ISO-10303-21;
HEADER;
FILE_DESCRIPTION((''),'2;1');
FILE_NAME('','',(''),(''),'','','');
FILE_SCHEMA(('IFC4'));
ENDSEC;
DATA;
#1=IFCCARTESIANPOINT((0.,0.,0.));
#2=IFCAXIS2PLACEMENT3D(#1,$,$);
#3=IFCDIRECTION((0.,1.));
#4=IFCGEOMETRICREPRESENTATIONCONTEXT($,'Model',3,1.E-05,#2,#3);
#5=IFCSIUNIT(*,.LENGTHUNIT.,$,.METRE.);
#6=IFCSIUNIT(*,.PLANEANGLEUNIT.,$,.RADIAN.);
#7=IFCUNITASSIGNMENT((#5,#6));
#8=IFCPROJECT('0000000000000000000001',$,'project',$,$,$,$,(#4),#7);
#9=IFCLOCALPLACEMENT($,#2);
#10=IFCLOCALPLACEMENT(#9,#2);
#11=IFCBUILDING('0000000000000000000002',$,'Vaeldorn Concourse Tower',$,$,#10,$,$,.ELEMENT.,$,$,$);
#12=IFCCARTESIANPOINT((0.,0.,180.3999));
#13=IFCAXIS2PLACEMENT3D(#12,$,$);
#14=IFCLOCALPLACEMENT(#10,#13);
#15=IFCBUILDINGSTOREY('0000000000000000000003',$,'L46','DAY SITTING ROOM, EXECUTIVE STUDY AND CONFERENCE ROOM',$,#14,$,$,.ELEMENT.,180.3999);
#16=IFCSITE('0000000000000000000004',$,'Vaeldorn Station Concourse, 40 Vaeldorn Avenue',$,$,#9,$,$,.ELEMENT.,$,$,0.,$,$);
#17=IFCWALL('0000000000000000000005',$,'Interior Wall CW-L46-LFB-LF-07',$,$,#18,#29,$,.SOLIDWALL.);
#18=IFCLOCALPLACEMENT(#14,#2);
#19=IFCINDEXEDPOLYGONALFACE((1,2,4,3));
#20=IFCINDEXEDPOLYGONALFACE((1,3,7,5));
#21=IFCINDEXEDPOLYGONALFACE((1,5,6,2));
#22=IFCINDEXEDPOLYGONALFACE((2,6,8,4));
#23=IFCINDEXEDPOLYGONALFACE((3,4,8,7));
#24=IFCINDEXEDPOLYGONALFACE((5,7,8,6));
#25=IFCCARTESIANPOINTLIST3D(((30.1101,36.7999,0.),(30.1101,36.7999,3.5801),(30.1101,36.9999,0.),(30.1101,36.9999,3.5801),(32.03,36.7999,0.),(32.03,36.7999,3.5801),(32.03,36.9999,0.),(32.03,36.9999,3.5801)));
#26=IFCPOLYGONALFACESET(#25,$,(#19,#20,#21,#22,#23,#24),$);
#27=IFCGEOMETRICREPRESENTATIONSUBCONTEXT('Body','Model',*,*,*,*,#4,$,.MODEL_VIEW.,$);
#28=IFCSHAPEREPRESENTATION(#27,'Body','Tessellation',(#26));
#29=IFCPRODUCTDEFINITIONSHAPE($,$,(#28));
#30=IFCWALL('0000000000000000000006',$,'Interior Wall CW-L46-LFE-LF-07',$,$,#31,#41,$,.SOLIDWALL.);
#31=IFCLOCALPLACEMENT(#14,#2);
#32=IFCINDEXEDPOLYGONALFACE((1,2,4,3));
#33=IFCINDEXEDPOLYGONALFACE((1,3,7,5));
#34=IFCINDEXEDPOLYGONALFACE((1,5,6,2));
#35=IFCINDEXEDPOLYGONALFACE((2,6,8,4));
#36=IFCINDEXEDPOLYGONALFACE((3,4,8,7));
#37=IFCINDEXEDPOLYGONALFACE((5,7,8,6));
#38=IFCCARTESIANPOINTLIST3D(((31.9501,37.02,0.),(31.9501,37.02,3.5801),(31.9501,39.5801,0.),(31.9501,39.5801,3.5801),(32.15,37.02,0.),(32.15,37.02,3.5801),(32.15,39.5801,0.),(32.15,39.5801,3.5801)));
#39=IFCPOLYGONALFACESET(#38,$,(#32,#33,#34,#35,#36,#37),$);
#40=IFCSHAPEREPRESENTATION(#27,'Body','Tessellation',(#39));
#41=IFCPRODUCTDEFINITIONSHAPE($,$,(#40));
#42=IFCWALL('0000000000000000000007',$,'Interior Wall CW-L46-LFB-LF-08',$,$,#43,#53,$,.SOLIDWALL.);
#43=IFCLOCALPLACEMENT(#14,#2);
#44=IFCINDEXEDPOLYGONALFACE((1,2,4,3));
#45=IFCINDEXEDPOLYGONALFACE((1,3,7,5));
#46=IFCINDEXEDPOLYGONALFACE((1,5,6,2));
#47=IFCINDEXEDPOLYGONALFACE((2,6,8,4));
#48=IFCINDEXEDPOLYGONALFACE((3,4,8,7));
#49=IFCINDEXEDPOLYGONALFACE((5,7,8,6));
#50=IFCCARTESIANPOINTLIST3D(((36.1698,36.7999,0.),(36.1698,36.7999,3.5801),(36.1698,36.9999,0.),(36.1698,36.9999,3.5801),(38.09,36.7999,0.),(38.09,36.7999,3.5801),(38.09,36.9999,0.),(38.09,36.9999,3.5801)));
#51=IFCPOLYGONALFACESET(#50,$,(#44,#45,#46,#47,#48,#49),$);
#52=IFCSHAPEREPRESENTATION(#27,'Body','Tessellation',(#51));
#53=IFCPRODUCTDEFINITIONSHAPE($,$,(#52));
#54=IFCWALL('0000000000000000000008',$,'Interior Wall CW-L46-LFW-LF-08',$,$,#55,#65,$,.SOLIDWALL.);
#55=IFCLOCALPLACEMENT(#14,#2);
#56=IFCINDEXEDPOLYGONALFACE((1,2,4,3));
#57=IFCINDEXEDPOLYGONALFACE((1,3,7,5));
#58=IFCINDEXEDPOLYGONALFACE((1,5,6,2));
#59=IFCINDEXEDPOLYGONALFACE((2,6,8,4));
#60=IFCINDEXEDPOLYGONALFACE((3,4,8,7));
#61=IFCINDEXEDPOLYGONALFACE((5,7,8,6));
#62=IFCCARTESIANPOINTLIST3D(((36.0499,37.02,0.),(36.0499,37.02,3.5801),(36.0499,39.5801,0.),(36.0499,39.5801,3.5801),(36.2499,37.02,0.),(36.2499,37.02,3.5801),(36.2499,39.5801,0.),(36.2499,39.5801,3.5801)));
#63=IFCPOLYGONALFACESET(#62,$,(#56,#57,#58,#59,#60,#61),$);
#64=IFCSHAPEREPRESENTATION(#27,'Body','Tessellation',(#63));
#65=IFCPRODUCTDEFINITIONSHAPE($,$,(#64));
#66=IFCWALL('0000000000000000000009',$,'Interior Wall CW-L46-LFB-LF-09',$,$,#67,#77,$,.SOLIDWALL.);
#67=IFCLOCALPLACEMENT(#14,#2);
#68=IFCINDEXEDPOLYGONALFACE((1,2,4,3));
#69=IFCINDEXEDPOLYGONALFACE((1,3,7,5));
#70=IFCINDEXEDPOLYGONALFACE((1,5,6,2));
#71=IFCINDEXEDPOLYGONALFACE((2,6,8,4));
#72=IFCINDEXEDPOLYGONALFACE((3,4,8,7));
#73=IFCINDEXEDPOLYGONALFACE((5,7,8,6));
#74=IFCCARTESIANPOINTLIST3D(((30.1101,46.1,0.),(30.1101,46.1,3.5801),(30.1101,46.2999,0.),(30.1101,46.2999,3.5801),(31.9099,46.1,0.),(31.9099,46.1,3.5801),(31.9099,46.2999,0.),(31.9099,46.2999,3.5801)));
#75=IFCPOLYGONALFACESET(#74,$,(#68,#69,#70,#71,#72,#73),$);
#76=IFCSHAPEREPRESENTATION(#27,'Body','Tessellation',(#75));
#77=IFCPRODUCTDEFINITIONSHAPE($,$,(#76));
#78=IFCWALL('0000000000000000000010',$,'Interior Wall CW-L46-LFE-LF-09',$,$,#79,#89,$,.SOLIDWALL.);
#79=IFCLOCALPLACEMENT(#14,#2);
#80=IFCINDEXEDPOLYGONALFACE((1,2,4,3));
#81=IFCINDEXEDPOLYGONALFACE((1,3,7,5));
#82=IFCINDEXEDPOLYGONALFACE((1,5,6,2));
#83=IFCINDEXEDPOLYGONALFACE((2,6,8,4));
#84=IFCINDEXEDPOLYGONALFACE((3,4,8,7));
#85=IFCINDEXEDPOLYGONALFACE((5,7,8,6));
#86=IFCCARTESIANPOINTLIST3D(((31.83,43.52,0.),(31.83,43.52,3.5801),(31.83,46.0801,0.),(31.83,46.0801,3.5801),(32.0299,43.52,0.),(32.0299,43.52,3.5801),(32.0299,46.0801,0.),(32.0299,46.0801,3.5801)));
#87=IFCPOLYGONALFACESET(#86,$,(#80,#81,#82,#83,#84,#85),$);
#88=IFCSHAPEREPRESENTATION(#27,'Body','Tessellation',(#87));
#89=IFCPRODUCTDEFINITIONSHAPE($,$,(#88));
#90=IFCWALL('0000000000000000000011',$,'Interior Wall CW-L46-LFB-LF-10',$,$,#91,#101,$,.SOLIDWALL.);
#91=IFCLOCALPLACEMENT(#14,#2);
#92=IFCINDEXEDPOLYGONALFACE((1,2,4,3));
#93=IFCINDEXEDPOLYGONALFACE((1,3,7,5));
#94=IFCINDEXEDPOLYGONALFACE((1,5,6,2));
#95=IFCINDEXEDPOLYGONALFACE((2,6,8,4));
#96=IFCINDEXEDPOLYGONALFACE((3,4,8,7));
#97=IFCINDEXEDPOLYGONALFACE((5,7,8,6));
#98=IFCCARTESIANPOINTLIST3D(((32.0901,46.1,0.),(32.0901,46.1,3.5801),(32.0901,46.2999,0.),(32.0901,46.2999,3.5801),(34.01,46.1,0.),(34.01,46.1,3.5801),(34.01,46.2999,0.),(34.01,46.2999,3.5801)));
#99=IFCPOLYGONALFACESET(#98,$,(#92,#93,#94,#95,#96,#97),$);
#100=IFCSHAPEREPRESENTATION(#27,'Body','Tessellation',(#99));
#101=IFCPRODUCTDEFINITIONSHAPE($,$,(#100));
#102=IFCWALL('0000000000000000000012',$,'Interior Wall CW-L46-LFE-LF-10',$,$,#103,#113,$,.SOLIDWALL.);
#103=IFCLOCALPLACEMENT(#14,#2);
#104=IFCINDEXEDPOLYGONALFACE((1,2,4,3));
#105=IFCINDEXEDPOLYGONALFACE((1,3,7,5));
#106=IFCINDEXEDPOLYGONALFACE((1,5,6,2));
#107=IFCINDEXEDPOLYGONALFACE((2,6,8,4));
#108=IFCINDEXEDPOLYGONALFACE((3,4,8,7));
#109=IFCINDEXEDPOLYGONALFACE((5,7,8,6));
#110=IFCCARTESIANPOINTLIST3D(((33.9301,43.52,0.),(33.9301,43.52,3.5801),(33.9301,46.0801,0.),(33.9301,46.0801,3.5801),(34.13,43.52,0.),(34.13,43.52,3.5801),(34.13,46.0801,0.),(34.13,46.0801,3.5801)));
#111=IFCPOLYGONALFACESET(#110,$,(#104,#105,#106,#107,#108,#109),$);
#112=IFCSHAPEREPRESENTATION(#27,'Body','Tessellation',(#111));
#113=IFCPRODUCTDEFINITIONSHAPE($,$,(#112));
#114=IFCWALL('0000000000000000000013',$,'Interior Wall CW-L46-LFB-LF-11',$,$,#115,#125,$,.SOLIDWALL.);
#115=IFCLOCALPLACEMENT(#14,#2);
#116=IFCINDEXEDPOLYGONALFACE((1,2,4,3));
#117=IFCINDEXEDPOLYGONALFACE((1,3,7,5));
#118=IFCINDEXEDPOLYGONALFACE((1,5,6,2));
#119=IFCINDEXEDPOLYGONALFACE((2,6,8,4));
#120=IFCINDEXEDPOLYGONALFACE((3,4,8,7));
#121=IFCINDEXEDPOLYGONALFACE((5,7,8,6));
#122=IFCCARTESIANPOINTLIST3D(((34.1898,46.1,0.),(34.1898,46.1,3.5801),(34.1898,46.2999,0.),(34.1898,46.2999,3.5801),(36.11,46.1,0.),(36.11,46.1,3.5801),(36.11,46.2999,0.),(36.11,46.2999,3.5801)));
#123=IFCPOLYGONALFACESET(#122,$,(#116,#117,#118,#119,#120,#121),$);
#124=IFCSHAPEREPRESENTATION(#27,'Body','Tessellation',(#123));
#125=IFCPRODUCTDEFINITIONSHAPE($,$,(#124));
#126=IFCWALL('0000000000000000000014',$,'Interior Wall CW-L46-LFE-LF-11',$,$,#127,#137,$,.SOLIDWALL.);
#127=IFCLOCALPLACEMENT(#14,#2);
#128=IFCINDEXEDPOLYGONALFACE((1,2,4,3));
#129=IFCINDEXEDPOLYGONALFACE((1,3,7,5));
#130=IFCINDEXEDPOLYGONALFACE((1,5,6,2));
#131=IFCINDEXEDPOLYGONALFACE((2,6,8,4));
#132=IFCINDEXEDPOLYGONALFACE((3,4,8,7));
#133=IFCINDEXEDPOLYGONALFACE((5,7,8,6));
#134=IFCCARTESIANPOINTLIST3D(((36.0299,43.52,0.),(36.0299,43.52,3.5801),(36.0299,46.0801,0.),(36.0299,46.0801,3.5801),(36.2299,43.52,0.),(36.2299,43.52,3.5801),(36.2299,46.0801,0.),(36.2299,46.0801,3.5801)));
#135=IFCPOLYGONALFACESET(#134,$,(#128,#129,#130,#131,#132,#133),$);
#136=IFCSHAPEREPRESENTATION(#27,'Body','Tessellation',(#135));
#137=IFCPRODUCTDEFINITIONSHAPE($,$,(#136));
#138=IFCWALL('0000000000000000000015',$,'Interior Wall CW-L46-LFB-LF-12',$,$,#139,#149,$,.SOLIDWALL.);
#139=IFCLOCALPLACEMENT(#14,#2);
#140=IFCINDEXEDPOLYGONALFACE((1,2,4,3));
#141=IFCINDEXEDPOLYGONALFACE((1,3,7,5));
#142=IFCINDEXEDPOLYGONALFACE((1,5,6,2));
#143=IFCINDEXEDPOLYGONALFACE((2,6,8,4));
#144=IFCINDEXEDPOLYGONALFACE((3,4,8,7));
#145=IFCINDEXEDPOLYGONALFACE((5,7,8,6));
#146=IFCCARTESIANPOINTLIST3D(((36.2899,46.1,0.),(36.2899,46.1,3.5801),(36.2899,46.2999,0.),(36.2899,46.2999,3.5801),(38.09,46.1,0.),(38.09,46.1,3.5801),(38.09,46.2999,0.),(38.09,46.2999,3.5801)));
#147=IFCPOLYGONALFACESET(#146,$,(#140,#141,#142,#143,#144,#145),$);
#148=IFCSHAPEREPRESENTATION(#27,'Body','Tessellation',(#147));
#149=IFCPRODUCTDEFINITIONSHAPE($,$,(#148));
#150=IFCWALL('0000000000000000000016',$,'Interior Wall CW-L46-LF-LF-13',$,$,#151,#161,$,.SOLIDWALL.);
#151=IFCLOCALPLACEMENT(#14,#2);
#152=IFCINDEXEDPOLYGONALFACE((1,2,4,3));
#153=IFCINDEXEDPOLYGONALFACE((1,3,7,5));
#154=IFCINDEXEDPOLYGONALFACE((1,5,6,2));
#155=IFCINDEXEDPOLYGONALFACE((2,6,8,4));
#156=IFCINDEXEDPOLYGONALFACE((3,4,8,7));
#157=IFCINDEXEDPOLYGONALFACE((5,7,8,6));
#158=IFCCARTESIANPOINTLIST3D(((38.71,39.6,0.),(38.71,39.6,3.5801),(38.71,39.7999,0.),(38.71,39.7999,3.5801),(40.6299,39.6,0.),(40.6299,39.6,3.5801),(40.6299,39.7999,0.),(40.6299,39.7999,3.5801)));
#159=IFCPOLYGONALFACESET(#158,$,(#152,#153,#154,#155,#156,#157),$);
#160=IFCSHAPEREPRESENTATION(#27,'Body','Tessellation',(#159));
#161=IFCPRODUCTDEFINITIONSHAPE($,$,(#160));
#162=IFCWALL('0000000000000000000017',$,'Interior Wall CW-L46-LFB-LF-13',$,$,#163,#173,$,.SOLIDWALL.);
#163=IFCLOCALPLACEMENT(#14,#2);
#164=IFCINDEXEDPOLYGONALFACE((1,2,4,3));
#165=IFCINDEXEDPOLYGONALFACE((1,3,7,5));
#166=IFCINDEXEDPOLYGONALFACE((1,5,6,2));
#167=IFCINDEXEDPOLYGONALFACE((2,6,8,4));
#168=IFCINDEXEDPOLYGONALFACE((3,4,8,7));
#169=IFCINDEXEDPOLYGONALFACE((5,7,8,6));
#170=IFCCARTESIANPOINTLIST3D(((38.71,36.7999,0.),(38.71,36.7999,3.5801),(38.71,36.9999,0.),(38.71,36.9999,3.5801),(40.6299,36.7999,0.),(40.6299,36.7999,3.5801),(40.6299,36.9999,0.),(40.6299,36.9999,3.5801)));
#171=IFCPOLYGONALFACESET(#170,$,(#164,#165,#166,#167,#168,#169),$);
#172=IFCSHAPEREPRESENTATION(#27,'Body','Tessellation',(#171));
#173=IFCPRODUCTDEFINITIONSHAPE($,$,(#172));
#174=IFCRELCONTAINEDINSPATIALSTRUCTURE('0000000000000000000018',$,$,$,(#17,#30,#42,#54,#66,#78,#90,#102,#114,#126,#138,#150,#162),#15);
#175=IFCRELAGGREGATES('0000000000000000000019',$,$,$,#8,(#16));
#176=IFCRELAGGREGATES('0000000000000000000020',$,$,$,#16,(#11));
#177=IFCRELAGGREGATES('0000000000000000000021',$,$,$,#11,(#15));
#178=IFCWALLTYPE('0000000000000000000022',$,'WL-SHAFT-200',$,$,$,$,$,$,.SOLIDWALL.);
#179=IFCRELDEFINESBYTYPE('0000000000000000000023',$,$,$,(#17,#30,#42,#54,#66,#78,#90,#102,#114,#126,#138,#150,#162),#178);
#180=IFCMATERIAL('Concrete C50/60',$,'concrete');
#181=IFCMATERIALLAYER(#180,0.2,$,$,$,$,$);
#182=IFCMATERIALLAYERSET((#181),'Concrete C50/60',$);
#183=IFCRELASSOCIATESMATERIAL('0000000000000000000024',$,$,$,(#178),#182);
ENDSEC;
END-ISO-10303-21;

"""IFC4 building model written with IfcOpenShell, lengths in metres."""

from ifc_helpers import new_model, si_unit, direction, frame, frame_2d, origin, place, context, subcontext, project, spatial, rectangle, extrude, material, layer, layer_set, type_object, element, save


model = new_model("IFC4")

# Units and contexts
model_context = context("Model", 3, precision=1e-05, world=origin(), true_north=direction((0.0, 1.0)))
body_context = subcontext(model_context, "Body", "Model", "MODEL_VIEW")
ifc_project = project(units=[si_unit("LENGTHUNIT", "METRE"), si_unit("PLANEANGLEUNIT", "RADIAN")], contexts=[model_context])

# Site, building, storey
site_placement = place(None, origin())
site = spatial("IfcSite", under=ifc_project, at=site_placement, Name="Vaeldorn Station Concourse, 40 Vaeldorn Avenue", CompositionType="ELEMENT", RefElevation=0.0)
building_placement = place(site_placement, origin())
building = spatial("IfcBuilding", under=site, at=building_placement, Name="Vaeldorn Concourse Tower", CompositionType="ELEMENT")
storey_placement = place(building_placement, frame((0.0, 0.0, 180.3999)))
storey = spatial("IfcBuildingStorey", under=building, at=storey_placement, Name="L46", Description="DAY SITTING ROOM, EXECUTIVE STUDY AND CONFERENCE ROOM", CompositionType="ELEMENT", Elevation=180.3999)

# Shared definitions
ifc_material_1 = material(Name="Concrete C50/60", Category="concrete")

# Walls
ifc_layer_1 = layer(ifc_material_1, 0.2)
ifc_layer_set_1 = layer_set([ifc_layer_1], Name="Concrete C50/60")
wall_type_1 = type_object("IfcWallType", Name="WL-SHAFT-200", PredefinedType="SOLIDWALL", material=ifc_layer_set_1)
wall_1_placement = place(storey_placement, frame((30.1101, 36.8999, 0.0), z_axis=(0.0, 0.0, 1.0), x_axis=(1.0, 0.0, 0.0)))
element("IfcWall", 1, at=wall_1_placement, inside=storey, type_object=wall_type_1, Name="Interior Wall CW-L46-LFB-LF-07", PredefinedType="SOLIDWALL", context=body_context, shape_type="SweptSolid", body=[
    extrude(rectangle(XDim=1.9199, YDim=0.2, at=frame_2d((0.96, 0.0))), origin(), (0.0, 0.0, 1.0), 3.5801),
])
wall_2_placement = place(storey_placement, frame((32.05, 37.02, 0.0), z_axis=(0.0, 0.0, 1.0), x_axis=(0.0, 1.0, 0.0)))
element("IfcWall", 2, at=wall_2_placement, inside=storey, type_object=wall_type_1, Name="Interior Wall CW-L46-LFE-LF-07", PredefinedType="SOLIDWALL", context=body_context, shape_type="SweptSolid", body=[
    extrude(rectangle(XDim=2.5601, YDim=0.2, at=frame_2d((1.28, 0.0))), origin(), (0.0, 0.0, 1.0), 3.5801),
])

# Walls
wall_3_placement = place(storey_placement, frame((36.1699, 36.8999, 0.0), z_axis=(0.0, 0.0, 1.0), x_axis=(1.0, 0.0, 0.0)))
element("IfcWall", 3, at=wall_3_placement, inside=storey, type_object=wall_type_1, Name="Interior Wall CW-L46-LFB-LF-08", PredefinedType="SOLIDWALL", context=body_context, shape_type="SweptSolid", body=[
    extrude(rectangle(XDim=1.9202, YDim=0.2, at=frame_2d((0.96, 0.0))), origin(), (0.0, 0.0, 1.0), 3.5801),
])
wall_4_placement = place(storey_placement, frame((36.1499, 37.02, 0.0), z_axis=(0.0, 0.0, 1.0), x_axis=(0.0, 1.0, 0.0)))
element("IfcWall", 4, at=wall_4_placement, inside=storey, type_object=wall_type_1, Name="Interior Wall CW-L46-LFW-LF-08", PredefinedType="SOLIDWALL", context=body_context, shape_type="SweptSolid", body=[
    extrude(rectangle(XDim=2.5601, YDim=0.2, at=frame_2d((1.28, 0.0))), origin(), (0.0, 0.0, 1.0), 3.5801),
])

# Walls
wall_5_placement = place(storey_placement, frame((30.1101, 46.2, 0.0), z_axis=(0.0, 0.0, 1.0), x_axis=(1.0, 0.0, 0.0)))
element("IfcWall", 5, at=wall_5_placement, inside=storey, type_object=wall_type_1, Name="Interior Wall CW-L46-LFB-LF-09", PredefinedType="SOLIDWALL", context=body_context, shape_type="SweptSolid", body=[
    extrude(rectangle(XDim=1.7998, YDim=0.2, at=frame_2d((0.8999, 0.0))), origin(), (0.0, 0.0, 1.0), 3.5801),
])
wall_6_placement = place(storey_placement, frame((31.9299, 43.52, 0.0), z_axis=(0.0, 0.0, 1.0), x_axis=(0.0, 1.0, 0.0)))
element("IfcWall", 6, at=wall_6_placement, inside=storey, type_object=wall_type_1, Name="Interior Wall CW-L46-LFE-LF-09", PredefinedType="SOLIDWALL", context=body_context, shape_type="SweptSolid", body=[
    extrude(rectangle(XDim=2.5601, YDim=0.2, at=frame_2d((1.28, 0.0))), origin(), (0.0, 0.0, 1.0), 3.5801),
])

# Walls
wall_7_placement = place(storey_placement, frame((32.0901, 46.2, 0.0), z_axis=(0.0, 0.0, 1.0), x_axis=(1.0, 0.0, 0.0)))
element("IfcWall", 7, at=wall_7_placement, inside=storey, type_object=wall_type_1, Name="Interior Wall CW-L46-LFB-LF-10", PredefinedType="SOLIDWALL", context=body_context, shape_type="SweptSolid", body=[
    extrude(rectangle(XDim=1.9199, YDim=0.2, at=frame_2d((0.96, 0.0))), origin(), (0.0, 0.0, 1.0), 3.5801),
])
wall_8_placement = place(storey_placement, frame((34.03, 43.52, 0.0), z_axis=(0.0, 0.0, 1.0), x_axis=(0.0, 1.0, 0.0)))
element("IfcWall", 8, at=wall_8_placement, inside=storey, type_object=wall_type_1, Name="Interior Wall CW-L46-LFE-LF-10", PredefinedType="SOLIDWALL", context=body_context, shape_type="SweptSolid", body=[
    extrude(rectangle(XDim=2.5601, YDim=0.2, at=frame_2d((1.28, 0.0))), origin(), (0.0, 0.0, 1.0), 3.5801),
])

# Walls
wall_9_placement = place(storey_placement, frame((34.1899, 46.2, 0.0), z_axis=(0.0, 0.0, 1.0), x_axis=(1.0, 0.0, 0.0)))
element("IfcWall", 9, at=wall_9_placement, inside=storey, type_object=wall_type_1, Name="Interior Wall CW-L46-LFB-LF-11", PredefinedType="SOLIDWALL", context=body_context, shape_type="SweptSolid", body=[
    extrude(rectangle(XDim=1.9202, YDim=0.2, at=frame_2d((0.96, 0.0))), origin(), (0.0, 0.0, 1.0), 3.5801),
])
wall_10_placement = place(storey_placement, frame((36.1299, 43.52, 0.0), z_axis=(0.0, 0.0, 1.0), x_axis=(0.0, 1.0, 0.0)))
element("IfcWall", 10, at=wall_10_placement, inside=storey, type_object=wall_type_1, Name="Interior Wall CW-L46-LFE-LF-11", PredefinedType="SOLIDWALL", context=body_context, shape_type="SweptSolid", body=[
    extrude(rectangle(XDim=2.5601, YDim=0.2, at=frame_2d((1.28, 0.0))), origin(), (0.0, 0.0, 1.0), 3.5801),
])

# Walls
wall_11_placement = place(storey_placement, frame((36.29, 46.2, 0.0), z_axis=(0.0, 0.0, 1.0), x_axis=(1.0, 0.0, 0.0)))
element("IfcWall", 11, at=wall_11_placement, inside=storey, type_object=wall_type_1, Name="Interior Wall CW-L46-LFB-LF-12", PredefinedType="SOLIDWALL", context=body_context, shape_type="SweptSolid", body=[
    extrude(rectangle(XDim=1.8, YDim=0.2, at=frame_2d((0.8999, 0.0))), origin(), (0.0, 0.0, 1.0), 3.5801),
])
for number, where, z_axis, x_axis, name in (
    (12, (38.71, 39.7, 0.0), (0.0, 0.0, 1.0), (1.0, 0.0, 0.0), "Interior Wall CW-L46-LF-LF-13"),
    (13, (38.71, 36.8999, 0.0), (0.0, 0.0, 1.0), (1.0, 0.0, 0.0), "Interior Wall CW-L46-LFB-LF-13"),
):
    element("IfcWall", number, at=place(storey_placement, frame(where, z_axis=z_axis, x_axis=x_axis)), inside=storey, type_object=wall_type_1, Name=name, PredefinedType="SOLIDWALL", context=body_context, shape_type="SweptSolid", body=[
        extrude(rectangle(XDim=1.9199, YDim=0.2, at=frame_2d((0.96, 0.0))), origin(), (0.0, 0.0, 1.0), 3.5801),
    ])

save(model, "model.ifc")
